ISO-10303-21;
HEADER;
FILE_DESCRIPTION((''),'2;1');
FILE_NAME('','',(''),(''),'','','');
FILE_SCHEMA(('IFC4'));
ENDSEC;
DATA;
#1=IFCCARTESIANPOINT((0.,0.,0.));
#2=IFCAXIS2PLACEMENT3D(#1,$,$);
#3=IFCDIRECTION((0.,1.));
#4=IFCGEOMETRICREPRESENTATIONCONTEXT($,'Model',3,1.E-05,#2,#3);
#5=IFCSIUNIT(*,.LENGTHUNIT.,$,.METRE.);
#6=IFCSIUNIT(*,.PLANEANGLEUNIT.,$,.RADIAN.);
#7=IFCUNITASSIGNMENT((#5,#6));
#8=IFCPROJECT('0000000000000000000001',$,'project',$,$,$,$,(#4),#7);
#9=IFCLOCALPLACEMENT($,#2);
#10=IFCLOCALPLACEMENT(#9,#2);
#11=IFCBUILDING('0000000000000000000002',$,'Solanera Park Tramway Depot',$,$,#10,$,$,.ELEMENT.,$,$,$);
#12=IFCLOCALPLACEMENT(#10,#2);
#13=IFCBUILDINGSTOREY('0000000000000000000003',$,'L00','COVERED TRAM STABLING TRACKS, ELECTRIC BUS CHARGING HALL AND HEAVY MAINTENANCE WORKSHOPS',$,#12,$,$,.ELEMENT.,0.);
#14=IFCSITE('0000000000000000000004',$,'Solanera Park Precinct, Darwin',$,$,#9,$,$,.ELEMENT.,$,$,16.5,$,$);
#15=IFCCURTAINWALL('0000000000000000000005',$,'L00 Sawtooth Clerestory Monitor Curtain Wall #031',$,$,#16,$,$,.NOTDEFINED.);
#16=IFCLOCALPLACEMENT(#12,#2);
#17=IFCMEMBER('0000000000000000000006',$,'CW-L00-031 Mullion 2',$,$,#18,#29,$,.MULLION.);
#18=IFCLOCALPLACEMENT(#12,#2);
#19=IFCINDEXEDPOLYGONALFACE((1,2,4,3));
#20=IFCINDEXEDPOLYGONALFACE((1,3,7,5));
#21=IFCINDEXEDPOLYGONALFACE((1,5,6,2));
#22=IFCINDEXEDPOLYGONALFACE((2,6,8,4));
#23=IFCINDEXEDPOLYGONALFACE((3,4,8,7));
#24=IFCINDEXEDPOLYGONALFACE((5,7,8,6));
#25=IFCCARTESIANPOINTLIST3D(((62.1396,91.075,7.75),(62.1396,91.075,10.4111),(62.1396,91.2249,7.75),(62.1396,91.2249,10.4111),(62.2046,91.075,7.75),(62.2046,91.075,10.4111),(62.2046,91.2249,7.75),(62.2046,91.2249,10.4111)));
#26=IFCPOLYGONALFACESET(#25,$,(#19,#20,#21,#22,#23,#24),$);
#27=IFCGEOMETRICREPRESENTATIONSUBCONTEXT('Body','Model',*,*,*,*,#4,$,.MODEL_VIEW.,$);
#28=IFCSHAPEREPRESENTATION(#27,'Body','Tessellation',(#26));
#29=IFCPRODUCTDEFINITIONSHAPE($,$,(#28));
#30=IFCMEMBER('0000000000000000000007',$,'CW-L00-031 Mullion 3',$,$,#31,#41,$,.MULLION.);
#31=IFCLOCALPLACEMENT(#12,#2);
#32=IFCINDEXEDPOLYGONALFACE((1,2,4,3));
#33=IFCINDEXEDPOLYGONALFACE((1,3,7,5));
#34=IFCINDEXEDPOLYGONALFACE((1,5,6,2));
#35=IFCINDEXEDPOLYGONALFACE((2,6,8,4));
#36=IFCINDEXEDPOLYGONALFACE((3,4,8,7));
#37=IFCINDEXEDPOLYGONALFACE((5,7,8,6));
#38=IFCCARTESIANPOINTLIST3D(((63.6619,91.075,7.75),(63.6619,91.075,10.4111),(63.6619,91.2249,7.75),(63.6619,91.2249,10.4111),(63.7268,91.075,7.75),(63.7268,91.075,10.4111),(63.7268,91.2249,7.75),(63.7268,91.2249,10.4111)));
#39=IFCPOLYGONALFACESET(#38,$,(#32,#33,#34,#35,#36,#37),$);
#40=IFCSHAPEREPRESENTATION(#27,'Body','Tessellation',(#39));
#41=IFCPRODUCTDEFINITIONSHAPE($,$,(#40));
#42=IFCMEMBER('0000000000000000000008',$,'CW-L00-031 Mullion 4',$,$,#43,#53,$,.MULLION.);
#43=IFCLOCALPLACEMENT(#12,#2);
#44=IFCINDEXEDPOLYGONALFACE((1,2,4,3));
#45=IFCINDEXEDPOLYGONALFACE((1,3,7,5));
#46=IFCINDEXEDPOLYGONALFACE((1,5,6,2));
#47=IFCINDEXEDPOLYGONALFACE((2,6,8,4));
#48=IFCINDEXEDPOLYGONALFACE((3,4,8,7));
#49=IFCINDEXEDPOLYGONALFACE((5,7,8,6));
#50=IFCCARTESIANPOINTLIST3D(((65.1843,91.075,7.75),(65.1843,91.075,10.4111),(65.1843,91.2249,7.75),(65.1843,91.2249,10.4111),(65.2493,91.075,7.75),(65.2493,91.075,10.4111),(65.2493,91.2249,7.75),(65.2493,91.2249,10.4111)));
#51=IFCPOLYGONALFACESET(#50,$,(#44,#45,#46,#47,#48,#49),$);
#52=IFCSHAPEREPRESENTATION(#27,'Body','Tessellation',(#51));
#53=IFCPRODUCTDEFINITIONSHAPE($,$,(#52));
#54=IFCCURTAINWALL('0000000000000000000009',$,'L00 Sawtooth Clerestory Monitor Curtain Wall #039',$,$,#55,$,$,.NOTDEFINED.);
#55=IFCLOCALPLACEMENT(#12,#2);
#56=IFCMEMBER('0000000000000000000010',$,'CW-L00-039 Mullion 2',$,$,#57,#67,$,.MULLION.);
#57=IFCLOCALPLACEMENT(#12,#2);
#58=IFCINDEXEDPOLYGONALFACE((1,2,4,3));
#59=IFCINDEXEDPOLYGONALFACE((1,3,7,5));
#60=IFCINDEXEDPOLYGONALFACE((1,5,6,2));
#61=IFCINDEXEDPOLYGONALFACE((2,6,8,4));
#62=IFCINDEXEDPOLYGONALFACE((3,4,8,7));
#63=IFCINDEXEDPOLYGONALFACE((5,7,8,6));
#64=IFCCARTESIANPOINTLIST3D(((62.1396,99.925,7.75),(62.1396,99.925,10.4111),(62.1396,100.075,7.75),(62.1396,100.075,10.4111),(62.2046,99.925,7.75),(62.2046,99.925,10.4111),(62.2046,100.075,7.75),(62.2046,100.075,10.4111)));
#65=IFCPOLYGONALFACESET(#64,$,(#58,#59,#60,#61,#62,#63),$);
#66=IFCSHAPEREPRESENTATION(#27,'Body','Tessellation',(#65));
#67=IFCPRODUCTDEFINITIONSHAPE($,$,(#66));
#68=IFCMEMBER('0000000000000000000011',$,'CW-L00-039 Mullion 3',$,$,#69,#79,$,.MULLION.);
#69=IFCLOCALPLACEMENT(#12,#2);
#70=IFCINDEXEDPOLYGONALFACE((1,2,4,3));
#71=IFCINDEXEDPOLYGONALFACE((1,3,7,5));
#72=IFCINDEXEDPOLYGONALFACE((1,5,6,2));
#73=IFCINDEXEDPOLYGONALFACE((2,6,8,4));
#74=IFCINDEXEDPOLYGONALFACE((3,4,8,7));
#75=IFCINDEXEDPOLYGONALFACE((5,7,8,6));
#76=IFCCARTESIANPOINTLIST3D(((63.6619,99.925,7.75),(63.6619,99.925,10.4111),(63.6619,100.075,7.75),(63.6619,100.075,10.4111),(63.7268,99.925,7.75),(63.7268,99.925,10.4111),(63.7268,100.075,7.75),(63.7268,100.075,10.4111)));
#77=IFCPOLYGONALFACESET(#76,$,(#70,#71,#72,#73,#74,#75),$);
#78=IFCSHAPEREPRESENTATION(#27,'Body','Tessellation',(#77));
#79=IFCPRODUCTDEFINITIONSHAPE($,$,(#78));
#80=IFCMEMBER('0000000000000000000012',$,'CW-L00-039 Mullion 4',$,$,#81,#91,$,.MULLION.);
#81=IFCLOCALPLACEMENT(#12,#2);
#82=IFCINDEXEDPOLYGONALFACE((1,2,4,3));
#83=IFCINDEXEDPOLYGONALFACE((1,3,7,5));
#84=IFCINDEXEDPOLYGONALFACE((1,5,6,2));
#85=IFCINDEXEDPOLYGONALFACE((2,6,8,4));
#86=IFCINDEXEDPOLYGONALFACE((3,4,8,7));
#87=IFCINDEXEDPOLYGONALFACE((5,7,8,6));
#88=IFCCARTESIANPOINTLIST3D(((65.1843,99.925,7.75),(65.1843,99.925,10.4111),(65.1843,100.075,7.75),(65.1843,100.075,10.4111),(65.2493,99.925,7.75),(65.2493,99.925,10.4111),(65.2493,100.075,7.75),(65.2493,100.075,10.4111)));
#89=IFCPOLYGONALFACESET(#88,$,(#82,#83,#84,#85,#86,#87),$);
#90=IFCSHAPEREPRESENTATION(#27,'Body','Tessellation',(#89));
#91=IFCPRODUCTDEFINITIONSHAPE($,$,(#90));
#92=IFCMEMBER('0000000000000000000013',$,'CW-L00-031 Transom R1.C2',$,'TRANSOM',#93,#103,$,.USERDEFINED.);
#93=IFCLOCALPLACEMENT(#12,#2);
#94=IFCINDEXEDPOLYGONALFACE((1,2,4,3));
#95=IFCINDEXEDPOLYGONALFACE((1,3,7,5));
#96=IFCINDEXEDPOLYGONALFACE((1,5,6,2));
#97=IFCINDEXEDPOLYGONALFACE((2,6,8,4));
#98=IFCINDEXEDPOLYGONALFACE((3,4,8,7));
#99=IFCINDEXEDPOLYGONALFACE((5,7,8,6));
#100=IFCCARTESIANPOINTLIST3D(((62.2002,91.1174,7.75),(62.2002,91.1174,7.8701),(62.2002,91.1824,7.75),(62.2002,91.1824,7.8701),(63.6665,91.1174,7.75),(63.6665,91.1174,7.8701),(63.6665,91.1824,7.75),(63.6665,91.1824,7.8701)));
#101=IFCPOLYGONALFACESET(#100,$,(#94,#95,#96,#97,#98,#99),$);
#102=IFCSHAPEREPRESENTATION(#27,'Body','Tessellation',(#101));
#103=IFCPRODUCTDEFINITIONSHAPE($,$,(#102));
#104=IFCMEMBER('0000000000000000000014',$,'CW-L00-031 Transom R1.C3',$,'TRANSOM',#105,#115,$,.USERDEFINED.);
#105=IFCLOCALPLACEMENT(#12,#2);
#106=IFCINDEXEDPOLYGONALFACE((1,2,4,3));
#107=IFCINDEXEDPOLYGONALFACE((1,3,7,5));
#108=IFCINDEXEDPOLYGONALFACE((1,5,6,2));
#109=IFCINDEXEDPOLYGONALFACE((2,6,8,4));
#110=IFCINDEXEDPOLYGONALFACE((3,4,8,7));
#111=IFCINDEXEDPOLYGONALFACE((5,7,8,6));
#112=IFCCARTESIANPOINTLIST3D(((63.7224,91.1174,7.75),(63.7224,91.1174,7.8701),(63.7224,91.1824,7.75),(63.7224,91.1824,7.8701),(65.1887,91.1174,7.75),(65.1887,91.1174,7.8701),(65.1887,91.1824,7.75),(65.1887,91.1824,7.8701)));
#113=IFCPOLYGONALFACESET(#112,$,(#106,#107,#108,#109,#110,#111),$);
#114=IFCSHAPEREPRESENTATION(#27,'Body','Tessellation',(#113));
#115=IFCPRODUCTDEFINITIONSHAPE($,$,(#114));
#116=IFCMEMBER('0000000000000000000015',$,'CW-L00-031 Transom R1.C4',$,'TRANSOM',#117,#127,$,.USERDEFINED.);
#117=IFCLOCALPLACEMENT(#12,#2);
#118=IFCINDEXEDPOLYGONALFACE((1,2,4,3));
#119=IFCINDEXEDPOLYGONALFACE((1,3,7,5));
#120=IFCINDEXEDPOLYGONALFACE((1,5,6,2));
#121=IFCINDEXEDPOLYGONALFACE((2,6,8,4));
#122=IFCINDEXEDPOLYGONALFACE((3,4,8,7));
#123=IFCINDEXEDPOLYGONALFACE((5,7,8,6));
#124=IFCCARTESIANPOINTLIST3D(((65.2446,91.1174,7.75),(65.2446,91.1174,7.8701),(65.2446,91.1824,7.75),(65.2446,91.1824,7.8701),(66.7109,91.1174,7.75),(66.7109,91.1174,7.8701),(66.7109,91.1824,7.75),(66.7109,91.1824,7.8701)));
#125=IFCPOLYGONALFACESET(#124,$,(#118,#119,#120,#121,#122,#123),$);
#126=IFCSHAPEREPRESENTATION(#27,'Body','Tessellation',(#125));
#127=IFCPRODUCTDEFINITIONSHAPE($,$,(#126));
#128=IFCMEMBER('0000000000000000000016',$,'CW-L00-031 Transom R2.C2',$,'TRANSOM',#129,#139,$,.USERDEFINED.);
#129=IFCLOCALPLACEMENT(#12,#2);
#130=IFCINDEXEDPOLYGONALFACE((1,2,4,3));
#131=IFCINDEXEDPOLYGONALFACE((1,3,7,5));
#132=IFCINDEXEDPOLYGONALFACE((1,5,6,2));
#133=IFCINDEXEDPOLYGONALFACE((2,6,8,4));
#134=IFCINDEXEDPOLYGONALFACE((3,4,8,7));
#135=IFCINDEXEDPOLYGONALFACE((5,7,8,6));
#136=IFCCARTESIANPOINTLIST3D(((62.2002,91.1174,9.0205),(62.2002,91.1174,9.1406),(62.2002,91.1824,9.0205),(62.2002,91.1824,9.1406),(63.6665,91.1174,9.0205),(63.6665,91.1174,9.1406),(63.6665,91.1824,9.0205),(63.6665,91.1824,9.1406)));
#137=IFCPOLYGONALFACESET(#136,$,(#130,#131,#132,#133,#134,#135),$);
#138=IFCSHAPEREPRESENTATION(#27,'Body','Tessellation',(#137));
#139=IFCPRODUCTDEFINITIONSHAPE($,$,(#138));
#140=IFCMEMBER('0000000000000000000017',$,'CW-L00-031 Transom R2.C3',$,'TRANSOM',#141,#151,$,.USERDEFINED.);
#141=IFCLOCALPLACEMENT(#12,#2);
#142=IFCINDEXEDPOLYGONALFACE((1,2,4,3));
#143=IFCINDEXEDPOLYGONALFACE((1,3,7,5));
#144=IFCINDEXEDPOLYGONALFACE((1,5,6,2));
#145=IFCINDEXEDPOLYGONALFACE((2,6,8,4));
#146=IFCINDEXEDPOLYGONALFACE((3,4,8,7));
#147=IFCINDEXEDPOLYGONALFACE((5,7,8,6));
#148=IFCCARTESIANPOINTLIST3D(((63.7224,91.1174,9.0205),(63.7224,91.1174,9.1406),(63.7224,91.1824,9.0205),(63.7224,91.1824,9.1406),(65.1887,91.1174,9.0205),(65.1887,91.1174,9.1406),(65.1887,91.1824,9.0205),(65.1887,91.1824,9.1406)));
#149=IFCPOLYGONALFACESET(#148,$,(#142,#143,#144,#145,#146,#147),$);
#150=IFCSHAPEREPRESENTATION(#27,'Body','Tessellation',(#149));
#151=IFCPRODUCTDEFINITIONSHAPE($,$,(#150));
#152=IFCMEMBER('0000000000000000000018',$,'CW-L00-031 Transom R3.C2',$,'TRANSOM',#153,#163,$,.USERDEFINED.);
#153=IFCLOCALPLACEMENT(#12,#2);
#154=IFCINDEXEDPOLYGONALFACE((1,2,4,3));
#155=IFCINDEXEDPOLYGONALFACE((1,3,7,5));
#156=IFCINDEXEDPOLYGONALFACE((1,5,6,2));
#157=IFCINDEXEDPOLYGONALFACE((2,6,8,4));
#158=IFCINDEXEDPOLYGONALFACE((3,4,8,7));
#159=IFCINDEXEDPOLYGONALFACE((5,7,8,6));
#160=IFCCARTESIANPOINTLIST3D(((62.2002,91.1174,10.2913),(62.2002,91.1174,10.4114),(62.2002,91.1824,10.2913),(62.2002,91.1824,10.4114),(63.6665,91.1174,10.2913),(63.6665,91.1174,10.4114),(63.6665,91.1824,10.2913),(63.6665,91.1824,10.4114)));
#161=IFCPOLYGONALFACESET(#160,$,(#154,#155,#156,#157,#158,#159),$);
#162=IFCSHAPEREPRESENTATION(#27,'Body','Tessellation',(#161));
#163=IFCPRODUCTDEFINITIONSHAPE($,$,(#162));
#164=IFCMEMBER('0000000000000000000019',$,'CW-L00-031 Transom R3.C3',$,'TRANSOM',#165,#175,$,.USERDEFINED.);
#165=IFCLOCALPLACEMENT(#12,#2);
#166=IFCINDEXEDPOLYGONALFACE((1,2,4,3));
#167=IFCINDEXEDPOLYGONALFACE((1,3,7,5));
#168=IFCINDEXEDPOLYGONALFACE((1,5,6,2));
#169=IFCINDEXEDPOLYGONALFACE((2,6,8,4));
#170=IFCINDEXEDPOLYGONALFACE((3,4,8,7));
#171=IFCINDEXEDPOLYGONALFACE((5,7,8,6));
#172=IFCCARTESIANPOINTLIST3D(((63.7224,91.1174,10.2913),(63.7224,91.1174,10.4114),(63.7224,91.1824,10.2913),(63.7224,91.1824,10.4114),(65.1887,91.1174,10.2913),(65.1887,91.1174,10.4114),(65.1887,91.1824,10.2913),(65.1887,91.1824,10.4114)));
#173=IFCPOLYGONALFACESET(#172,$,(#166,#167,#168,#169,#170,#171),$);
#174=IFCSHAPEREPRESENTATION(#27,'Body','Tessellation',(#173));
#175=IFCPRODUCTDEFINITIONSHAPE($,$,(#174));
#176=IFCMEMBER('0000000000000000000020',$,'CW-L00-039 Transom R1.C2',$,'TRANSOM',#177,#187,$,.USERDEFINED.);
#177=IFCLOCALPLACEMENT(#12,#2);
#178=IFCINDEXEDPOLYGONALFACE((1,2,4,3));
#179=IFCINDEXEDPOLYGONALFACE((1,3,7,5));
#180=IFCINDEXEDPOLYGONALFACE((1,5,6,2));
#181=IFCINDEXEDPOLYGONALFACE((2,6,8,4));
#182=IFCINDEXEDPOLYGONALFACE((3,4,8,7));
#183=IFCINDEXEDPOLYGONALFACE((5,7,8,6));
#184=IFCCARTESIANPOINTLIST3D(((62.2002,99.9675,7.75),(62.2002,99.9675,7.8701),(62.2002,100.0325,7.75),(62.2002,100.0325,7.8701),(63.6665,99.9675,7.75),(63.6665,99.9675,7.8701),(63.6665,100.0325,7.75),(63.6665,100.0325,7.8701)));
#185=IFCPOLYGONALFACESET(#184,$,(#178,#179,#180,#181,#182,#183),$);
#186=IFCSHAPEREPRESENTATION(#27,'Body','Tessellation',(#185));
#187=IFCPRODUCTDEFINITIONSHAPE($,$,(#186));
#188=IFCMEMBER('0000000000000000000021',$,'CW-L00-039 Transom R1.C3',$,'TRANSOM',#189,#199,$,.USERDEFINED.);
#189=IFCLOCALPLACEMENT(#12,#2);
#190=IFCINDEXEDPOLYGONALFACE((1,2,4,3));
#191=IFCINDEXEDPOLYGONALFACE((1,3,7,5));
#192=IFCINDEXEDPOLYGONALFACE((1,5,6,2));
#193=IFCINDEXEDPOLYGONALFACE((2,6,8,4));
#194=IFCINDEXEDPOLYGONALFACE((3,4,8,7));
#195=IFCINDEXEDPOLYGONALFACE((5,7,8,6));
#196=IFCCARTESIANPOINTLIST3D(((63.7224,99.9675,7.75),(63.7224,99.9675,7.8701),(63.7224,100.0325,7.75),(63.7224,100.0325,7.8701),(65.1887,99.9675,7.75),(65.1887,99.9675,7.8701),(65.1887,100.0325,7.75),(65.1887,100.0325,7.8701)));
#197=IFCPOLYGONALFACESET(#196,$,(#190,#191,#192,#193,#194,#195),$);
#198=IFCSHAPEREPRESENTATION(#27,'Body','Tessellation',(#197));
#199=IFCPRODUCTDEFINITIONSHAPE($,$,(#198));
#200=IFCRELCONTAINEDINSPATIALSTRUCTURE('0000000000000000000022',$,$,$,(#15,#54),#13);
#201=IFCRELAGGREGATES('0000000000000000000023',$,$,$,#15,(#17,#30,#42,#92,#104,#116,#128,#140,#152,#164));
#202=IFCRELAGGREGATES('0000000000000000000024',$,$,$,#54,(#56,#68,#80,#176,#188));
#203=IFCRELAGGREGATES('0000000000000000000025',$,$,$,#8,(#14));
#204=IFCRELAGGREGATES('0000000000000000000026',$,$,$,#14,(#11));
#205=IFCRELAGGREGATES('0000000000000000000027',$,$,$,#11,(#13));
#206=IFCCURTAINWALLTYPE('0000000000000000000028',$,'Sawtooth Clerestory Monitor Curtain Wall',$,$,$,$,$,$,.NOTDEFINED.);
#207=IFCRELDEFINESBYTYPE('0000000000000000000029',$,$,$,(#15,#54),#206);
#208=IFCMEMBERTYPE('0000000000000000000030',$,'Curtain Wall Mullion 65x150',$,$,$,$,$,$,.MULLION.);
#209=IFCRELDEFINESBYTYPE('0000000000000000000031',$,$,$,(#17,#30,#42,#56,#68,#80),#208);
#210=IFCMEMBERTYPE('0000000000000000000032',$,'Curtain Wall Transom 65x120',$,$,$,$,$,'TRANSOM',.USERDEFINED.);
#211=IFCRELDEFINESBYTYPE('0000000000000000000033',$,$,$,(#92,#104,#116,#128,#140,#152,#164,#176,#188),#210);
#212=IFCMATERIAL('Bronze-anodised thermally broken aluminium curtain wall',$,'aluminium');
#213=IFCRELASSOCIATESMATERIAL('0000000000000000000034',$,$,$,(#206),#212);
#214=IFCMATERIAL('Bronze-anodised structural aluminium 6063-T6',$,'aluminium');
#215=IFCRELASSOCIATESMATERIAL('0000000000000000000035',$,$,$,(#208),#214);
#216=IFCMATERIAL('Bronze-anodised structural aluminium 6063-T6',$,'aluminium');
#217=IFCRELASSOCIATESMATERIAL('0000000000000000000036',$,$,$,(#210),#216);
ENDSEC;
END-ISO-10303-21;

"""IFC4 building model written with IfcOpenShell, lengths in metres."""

from ifc_helpers import new_model, si_unit, direction, frame, origin, origin_2d, place, context, subcontext, project, spatial, rectangle, extrude, material, material_profile, profile_set, type_object, element, aggregate, save


model = new_model("IFC4")

# Units and contexts
model_context = context("Model", 3, precision=1e-05, world=origin(), true_north=direction((0.0, 1.0)))
body_context = subcontext(model_context, "Body", "Model", "MODEL_VIEW")
ifc_project = project(units=[si_unit("LENGTHUNIT", "METRE"), si_unit("PLANEANGLEUNIT", "RADIAN")], contexts=[model_context])

# Site, building, storey
site_placement = place(None, origin())
site = spatial("IfcSite", under=ifc_project, at=site_placement, Name="Solanera Park Precinct, Darwin", CompositionType="ELEMENT", RefElevation=16.5)
building_placement = place(site_placement, origin())
building = spatial("IfcBuilding", under=site, at=building_placement, Name="Solanera Park Tramway Depot", CompositionType="ELEMENT")
storey_placement = place(building_placement, origin())
storey = spatial("IfcBuildingStorey", under=building, at=storey_placement, Name="L00", Description="COVERED TRAM STABLING TRACKS, ELECTRIC BUS CHARGING HALL AND HEAVY MAINTENANCE WORKSHOPS", CompositionType="ELEMENT", Elevation=0.0)

# Curtain walls, members
ifc_material_1 = material(Name="Bronze-anodised thermally broken aluminium curtain wall", Category="aluminium")
curtain_wall_type = type_object("IfcCurtainWallType", Name="Sawtooth Clerestory Monitor Curtain Wall", PredefinedType="NOTDEFINED", material=ifc_material_1)
curtain_wall_1_placement = place(storey_placement, origin())
curtain_wall_1 = element("IfcCurtainWall", 1, at=curtain_wall_1_placement, inside=storey, type_object=curtain_wall_type, Name="L00 Sawtooth Clerestory Monitor Curtain Wall #031", PredefinedType="NOTDEFINED")
ifc_material_2 = material(Name="Bronze-anodised structural aluminium 6063-T6", Category="aluminium")
ifc_material_profile_1 = material_profile(ifc_material_2, rectangle(XDim=0.0649, YDim=0.1499, at=origin_2d()), Name="Curtain Wall Mullion 65x150")
ifc_profile_set_1 = profile_set([ifc_material_profile_1], Name="Bronze-anodised structural aluminium 6063-T6")
member_type_1 = type_object("IfcMemberType", Name="Curtain Wall Mullion 65x150", PredefinedType="MULLION", material=ifc_profile_set_1)
member_1_placement = place(storey_placement, frame((62.1721, 91.1499, 7.75), z_axis=(0.0, 0.0, 1.0), x_axis=(1.0, 0.0, 0.0)))
member_1 = element("IfcMember", 2, at=member_1_placement, type_object=member_type_1, Name="CW-L00-031 Mullion 2", PredefinedType="MULLION", context=body_context, shape_type="SweptSolid", body=[
    extrude(rectangle(XDim=0.0649, YDim=0.1499, at=origin_2d()), origin(), (0.0, 0.0, 1.0), 2.6611),
])
member_2_placement = place(storey_placement, frame((63.6943, 91.1499, 7.75), z_axis=(0.0, 0.0, 1.0), x_axis=(1.0, 0.0, 0.0)))
member_2 = element("IfcMember", 3, at=member_2_placement, type_object=member_type_1, Name="CW-L00-031 Mullion 3", PredefinedType="MULLION", context=body_context, shape_type="SweptSolid", body=[
    extrude(rectangle(XDim=0.0649, YDim=0.1499, at=origin_2d()), origin(), (0.0, 0.0, 1.0), 2.6611),
])
member_3_placement = place(storey_placement, frame((65.2168, 91.1499, 7.75), z_axis=(0.0, 0.0, 1.0), x_axis=(1.0, 0.0, 0.0)))
member_3 = element("IfcMember", 4, at=member_3_placement, type_object=member_type_1, Name="CW-L00-031 Mullion 4", PredefinedType="MULLION", context=body_context, shape_type="SweptSolid", body=[
    extrude(rectangle(XDim=0.0649, YDim=0.1499, at=origin_2d()), origin(), (0.0, 0.0, 1.0), 2.6611),
])
curtain_wall_2_placement = place(storey_placement, origin())
curtain_wall_2 = element("IfcCurtainWall", 5, at=curtain_wall_2_placement, inside=storey, type_object=curtain_wall_type, Name="L00 Sawtooth Clerestory Monitor Curtain Wall #039", PredefinedType="NOTDEFINED")
member_4_placement = place(storey_placement, frame((62.1721, 100.0, 7.75), z_axis=(0.0, 0.0, 1.0), x_axis=(1.0, 0.0, 0.0)))
member_4 = element("IfcMember", 6, at=member_4_placement, type_object=member_type_1, Name="CW-L00-039 Mullion 2", PredefinedType="MULLION", context=body_context, shape_type="SweptSolid", body=[
    extrude(rectangle(XDim=0.0649, YDim=0.1499, at=origin_2d()), origin(), (0.0, 0.0, 1.0), 2.6611),
])
member_5_placement = place(storey_placement, frame((63.6943, 100.0, 7.75), z_axis=(0.0, 0.0, 1.0), x_axis=(1.0, 0.0, 0.0)))
member_5 = element("IfcMember", 7, at=member_5_placement, type_object=member_type_1, Name="CW-L00-039 Mullion 3", PredefinedType="MULLION", context=body_context, shape_type="SweptSolid", body=[
    extrude(rectangle(XDim=0.0649, YDim=0.1499, at=origin_2d()), origin(), (0.0, 0.0, 1.0), 2.6611),
])
member_6_placement = place(storey_placement, frame((65.2168, 100.0, 7.75), z_axis=(0.0, 0.0, 1.0), x_axis=(1.0, 0.0, 0.0)))
member_6 = element("IfcMember", 8, at=member_6_placement, type_object=member_type_1, Name="CW-L00-039 Mullion 4", PredefinedType="MULLION", context=body_context, shape_type="SweptSolid", body=[
    extrude(rectangle(XDim=0.0649, YDim=0.1499, at=origin_2d()), origin(), (0.0, 0.0, 1.0), 2.6611),
])

# Members
ifc_material_3 = material(Name="Bronze-anodised structural aluminium 6063-T6", Category="aluminium")
ifc_material_profile_2 = material_profile(ifc_material_3, rectangle(XDim=0.0649, YDim=0.1201, at=origin_2d()), Name="Curtain Wall Transom 65x120")
ifc_profile_set_2 = profile_set([ifc_material_profile_2], Name="Bronze-anodised structural aluminium 6063-T6")
member_type_2 = type_object("IfcMemberType", Name="Curtain Wall Transom 65x120", ElementType="TRANSOM", PredefinedType="USERDEFINED", material=ifc_profile_set_2)
member_7_placement = place(storey_placement, frame((62.2002, 91.1499, 7.8101), z_axis=(1.0, 0.0, 0.0), x_axis=(0.0, 1.0, 0.0)))
member_7 = element("IfcMember", 9, at=member_7_placement, type_object=member_type_2, Name="CW-L00-031 Transom R1.C2", ObjectType="TRANSOM", PredefinedType="USERDEFINED", context=body_context, shape_type="SweptSolid", body=[
    extrude(rectangle(XDim=0.0649, YDim=0.1201, at=origin_2d()), origin(), (0.0, 0.0, 1.0), 1.4663),
])
member_8_placement = place(storey_placement, frame((63.7224, 91.1499, 7.8101), z_axis=(1.0, 0.0, 0.0), x_axis=(0.0, 1.0, 0.0)))
member_8 = element("IfcMember", 10, at=member_8_placement, type_object=member_type_2, Name="CW-L00-031 Transom R1.C3", ObjectType="TRANSOM", PredefinedType="USERDEFINED", context=body_context, shape_type="SweptSolid", body=[
    extrude(rectangle(XDim=0.0649, YDim=0.1201, at=origin_2d()), origin(), (0.0, 0.0, 1.0), 1.4663),
])
member_9_placement = place(storey_placement, frame((65.2446, 91.1499, 7.8101), z_axis=(1.0, 0.0, 0.0), x_axis=(0.0, 1.0, 0.0)))
member_9 = element("IfcMember", 11, at=member_9_placement, type_object=member_type_2, Name="CW-L00-031 Transom R1.C4", ObjectType="TRANSOM", PredefinedType="USERDEFINED", context=body_context, shape_type="SweptSolid", body=[
    extrude(rectangle(XDim=0.0649, YDim=0.1201, at=origin_2d()), origin(), (0.0, 0.0, 1.0), 1.4663),
])
member_10_placement = place(storey_placement, frame((62.2002, 91.1499, 9.0806), z_axis=(1.0, 0.0, 0.0), x_axis=(0.0, 1.0, 0.0)))
member_10 = element("IfcMember", 12, at=member_10_placement, type_object=member_type_2, Name="CW-L00-031 Transom R2.C2", ObjectType="TRANSOM", PredefinedType="USERDEFINED", context=body_context, shape_type="SweptSolid", body=[
    extrude(rectangle(XDim=0.0649, YDim=0.1201, at=origin_2d()), origin(), (0.0, 0.0, 1.0), 1.4663),
])
member_11_placement = place(storey_placement, frame((63.7224, 91.1499, 9.0806), z_axis=(1.0, 0.0, 0.0), x_axis=(0.0, 1.0, 0.0)))
member_11 = element("IfcMember", 13, at=member_11_placement, type_object=member_type_2, Name="CW-L00-031 Transom R2.C3", ObjectType="TRANSOM", PredefinedType="USERDEFINED", context=body_context, shape_type="SweptSolid", body=[
    extrude(rectangle(XDim=0.0649, YDim=0.1201, at=origin_2d()), origin(), (0.0, 0.0, 1.0), 1.4663),
])
member_12_placement = place(storey_placement, frame((62.2002, 91.1499, 10.3513), z_axis=(1.0, 0.0, 0.0), x_axis=(0.0, 1.0, 0.0)))
member_12 = element("IfcMember", 14, at=member_12_placement, type_object=member_type_2, Name="CW-L00-031 Transom R3.C2", ObjectType="TRANSOM", PredefinedType="USERDEFINED", context=body_context, shape_type="SweptSolid", body=[
    extrude(rectangle(XDim=0.0649, YDim=0.1201, at=origin_2d()), origin(), (0.0, 0.0, 1.0), 1.4663),
])
member_13_placement = place(storey_placement, frame((63.7224, 91.1499, 10.3513), z_axis=(1.0, 0.0, 0.0), x_axis=(0.0, 1.0, 0.0)))
member_13 = element("IfcMember", 15, at=member_13_placement, type_object=member_type_2, Name="CW-L00-031 Transom R3.C3", ObjectType="TRANSOM", PredefinedType="USERDEFINED", context=body_context, shape_type="SweptSolid", body=[
    extrude(rectangle(XDim=0.0649, YDim=0.1201, at=origin_2d()), origin(), (0.0, 0.0, 1.0), 1.4663),
])
member_14_placement = place(storey_placement, frame((62.2002, 100.0, 7.8101), z_axis=(1.0, 0.0, 0.0), x_axis=(0.0, 1.0, 0.0)))
member_14 = element("IfcMember", 16, at=member_14_placement, type_object=member_type_2, Name="CW-L00-039 Transom R1.C2", ObjectType="TRANSOM", PredefinedType="USERDEFINED", context=body_context, shape_type="SweptSolid", body=[
    extrude(rectangle(XDim=0.0649, YDim=0.1201, at=origin_2d()), origin(), (0.0, 0.0, 1.0), 1.4663),
])
member_15_placement = place(storey_placement, frame((63.7224, 100.0, 7.8101), z_axis=(1.0, 0.0, 0.0), x_axis=(0.0, 1.0, 0.0)))
member_15 = element("IfcMember", 17, at=member_15_placement, type_object=member_type_2, Name="CW-L00-039 Transom R1.C3", ObjectType="TRANSOM", PredefinedType="USERDEFINED", context=body_context, shape_type="SweptSolid", body=[
    extrude(rectangle(XDim=0.0649, YDim=0.1201, at=origin_2d()), origin(), (0.0, 0.0, 1.0), 1.4663),
])

aggregate(curtain_wall_1, [member_1, member_2, member_3, member_7, member_8, member_9, member_10, member_11, member_12, member_13])
aggregate(curtain_wall_2, [member_4, member_5, member_6, member_14, member_15])

save(model, "model.ifc")
